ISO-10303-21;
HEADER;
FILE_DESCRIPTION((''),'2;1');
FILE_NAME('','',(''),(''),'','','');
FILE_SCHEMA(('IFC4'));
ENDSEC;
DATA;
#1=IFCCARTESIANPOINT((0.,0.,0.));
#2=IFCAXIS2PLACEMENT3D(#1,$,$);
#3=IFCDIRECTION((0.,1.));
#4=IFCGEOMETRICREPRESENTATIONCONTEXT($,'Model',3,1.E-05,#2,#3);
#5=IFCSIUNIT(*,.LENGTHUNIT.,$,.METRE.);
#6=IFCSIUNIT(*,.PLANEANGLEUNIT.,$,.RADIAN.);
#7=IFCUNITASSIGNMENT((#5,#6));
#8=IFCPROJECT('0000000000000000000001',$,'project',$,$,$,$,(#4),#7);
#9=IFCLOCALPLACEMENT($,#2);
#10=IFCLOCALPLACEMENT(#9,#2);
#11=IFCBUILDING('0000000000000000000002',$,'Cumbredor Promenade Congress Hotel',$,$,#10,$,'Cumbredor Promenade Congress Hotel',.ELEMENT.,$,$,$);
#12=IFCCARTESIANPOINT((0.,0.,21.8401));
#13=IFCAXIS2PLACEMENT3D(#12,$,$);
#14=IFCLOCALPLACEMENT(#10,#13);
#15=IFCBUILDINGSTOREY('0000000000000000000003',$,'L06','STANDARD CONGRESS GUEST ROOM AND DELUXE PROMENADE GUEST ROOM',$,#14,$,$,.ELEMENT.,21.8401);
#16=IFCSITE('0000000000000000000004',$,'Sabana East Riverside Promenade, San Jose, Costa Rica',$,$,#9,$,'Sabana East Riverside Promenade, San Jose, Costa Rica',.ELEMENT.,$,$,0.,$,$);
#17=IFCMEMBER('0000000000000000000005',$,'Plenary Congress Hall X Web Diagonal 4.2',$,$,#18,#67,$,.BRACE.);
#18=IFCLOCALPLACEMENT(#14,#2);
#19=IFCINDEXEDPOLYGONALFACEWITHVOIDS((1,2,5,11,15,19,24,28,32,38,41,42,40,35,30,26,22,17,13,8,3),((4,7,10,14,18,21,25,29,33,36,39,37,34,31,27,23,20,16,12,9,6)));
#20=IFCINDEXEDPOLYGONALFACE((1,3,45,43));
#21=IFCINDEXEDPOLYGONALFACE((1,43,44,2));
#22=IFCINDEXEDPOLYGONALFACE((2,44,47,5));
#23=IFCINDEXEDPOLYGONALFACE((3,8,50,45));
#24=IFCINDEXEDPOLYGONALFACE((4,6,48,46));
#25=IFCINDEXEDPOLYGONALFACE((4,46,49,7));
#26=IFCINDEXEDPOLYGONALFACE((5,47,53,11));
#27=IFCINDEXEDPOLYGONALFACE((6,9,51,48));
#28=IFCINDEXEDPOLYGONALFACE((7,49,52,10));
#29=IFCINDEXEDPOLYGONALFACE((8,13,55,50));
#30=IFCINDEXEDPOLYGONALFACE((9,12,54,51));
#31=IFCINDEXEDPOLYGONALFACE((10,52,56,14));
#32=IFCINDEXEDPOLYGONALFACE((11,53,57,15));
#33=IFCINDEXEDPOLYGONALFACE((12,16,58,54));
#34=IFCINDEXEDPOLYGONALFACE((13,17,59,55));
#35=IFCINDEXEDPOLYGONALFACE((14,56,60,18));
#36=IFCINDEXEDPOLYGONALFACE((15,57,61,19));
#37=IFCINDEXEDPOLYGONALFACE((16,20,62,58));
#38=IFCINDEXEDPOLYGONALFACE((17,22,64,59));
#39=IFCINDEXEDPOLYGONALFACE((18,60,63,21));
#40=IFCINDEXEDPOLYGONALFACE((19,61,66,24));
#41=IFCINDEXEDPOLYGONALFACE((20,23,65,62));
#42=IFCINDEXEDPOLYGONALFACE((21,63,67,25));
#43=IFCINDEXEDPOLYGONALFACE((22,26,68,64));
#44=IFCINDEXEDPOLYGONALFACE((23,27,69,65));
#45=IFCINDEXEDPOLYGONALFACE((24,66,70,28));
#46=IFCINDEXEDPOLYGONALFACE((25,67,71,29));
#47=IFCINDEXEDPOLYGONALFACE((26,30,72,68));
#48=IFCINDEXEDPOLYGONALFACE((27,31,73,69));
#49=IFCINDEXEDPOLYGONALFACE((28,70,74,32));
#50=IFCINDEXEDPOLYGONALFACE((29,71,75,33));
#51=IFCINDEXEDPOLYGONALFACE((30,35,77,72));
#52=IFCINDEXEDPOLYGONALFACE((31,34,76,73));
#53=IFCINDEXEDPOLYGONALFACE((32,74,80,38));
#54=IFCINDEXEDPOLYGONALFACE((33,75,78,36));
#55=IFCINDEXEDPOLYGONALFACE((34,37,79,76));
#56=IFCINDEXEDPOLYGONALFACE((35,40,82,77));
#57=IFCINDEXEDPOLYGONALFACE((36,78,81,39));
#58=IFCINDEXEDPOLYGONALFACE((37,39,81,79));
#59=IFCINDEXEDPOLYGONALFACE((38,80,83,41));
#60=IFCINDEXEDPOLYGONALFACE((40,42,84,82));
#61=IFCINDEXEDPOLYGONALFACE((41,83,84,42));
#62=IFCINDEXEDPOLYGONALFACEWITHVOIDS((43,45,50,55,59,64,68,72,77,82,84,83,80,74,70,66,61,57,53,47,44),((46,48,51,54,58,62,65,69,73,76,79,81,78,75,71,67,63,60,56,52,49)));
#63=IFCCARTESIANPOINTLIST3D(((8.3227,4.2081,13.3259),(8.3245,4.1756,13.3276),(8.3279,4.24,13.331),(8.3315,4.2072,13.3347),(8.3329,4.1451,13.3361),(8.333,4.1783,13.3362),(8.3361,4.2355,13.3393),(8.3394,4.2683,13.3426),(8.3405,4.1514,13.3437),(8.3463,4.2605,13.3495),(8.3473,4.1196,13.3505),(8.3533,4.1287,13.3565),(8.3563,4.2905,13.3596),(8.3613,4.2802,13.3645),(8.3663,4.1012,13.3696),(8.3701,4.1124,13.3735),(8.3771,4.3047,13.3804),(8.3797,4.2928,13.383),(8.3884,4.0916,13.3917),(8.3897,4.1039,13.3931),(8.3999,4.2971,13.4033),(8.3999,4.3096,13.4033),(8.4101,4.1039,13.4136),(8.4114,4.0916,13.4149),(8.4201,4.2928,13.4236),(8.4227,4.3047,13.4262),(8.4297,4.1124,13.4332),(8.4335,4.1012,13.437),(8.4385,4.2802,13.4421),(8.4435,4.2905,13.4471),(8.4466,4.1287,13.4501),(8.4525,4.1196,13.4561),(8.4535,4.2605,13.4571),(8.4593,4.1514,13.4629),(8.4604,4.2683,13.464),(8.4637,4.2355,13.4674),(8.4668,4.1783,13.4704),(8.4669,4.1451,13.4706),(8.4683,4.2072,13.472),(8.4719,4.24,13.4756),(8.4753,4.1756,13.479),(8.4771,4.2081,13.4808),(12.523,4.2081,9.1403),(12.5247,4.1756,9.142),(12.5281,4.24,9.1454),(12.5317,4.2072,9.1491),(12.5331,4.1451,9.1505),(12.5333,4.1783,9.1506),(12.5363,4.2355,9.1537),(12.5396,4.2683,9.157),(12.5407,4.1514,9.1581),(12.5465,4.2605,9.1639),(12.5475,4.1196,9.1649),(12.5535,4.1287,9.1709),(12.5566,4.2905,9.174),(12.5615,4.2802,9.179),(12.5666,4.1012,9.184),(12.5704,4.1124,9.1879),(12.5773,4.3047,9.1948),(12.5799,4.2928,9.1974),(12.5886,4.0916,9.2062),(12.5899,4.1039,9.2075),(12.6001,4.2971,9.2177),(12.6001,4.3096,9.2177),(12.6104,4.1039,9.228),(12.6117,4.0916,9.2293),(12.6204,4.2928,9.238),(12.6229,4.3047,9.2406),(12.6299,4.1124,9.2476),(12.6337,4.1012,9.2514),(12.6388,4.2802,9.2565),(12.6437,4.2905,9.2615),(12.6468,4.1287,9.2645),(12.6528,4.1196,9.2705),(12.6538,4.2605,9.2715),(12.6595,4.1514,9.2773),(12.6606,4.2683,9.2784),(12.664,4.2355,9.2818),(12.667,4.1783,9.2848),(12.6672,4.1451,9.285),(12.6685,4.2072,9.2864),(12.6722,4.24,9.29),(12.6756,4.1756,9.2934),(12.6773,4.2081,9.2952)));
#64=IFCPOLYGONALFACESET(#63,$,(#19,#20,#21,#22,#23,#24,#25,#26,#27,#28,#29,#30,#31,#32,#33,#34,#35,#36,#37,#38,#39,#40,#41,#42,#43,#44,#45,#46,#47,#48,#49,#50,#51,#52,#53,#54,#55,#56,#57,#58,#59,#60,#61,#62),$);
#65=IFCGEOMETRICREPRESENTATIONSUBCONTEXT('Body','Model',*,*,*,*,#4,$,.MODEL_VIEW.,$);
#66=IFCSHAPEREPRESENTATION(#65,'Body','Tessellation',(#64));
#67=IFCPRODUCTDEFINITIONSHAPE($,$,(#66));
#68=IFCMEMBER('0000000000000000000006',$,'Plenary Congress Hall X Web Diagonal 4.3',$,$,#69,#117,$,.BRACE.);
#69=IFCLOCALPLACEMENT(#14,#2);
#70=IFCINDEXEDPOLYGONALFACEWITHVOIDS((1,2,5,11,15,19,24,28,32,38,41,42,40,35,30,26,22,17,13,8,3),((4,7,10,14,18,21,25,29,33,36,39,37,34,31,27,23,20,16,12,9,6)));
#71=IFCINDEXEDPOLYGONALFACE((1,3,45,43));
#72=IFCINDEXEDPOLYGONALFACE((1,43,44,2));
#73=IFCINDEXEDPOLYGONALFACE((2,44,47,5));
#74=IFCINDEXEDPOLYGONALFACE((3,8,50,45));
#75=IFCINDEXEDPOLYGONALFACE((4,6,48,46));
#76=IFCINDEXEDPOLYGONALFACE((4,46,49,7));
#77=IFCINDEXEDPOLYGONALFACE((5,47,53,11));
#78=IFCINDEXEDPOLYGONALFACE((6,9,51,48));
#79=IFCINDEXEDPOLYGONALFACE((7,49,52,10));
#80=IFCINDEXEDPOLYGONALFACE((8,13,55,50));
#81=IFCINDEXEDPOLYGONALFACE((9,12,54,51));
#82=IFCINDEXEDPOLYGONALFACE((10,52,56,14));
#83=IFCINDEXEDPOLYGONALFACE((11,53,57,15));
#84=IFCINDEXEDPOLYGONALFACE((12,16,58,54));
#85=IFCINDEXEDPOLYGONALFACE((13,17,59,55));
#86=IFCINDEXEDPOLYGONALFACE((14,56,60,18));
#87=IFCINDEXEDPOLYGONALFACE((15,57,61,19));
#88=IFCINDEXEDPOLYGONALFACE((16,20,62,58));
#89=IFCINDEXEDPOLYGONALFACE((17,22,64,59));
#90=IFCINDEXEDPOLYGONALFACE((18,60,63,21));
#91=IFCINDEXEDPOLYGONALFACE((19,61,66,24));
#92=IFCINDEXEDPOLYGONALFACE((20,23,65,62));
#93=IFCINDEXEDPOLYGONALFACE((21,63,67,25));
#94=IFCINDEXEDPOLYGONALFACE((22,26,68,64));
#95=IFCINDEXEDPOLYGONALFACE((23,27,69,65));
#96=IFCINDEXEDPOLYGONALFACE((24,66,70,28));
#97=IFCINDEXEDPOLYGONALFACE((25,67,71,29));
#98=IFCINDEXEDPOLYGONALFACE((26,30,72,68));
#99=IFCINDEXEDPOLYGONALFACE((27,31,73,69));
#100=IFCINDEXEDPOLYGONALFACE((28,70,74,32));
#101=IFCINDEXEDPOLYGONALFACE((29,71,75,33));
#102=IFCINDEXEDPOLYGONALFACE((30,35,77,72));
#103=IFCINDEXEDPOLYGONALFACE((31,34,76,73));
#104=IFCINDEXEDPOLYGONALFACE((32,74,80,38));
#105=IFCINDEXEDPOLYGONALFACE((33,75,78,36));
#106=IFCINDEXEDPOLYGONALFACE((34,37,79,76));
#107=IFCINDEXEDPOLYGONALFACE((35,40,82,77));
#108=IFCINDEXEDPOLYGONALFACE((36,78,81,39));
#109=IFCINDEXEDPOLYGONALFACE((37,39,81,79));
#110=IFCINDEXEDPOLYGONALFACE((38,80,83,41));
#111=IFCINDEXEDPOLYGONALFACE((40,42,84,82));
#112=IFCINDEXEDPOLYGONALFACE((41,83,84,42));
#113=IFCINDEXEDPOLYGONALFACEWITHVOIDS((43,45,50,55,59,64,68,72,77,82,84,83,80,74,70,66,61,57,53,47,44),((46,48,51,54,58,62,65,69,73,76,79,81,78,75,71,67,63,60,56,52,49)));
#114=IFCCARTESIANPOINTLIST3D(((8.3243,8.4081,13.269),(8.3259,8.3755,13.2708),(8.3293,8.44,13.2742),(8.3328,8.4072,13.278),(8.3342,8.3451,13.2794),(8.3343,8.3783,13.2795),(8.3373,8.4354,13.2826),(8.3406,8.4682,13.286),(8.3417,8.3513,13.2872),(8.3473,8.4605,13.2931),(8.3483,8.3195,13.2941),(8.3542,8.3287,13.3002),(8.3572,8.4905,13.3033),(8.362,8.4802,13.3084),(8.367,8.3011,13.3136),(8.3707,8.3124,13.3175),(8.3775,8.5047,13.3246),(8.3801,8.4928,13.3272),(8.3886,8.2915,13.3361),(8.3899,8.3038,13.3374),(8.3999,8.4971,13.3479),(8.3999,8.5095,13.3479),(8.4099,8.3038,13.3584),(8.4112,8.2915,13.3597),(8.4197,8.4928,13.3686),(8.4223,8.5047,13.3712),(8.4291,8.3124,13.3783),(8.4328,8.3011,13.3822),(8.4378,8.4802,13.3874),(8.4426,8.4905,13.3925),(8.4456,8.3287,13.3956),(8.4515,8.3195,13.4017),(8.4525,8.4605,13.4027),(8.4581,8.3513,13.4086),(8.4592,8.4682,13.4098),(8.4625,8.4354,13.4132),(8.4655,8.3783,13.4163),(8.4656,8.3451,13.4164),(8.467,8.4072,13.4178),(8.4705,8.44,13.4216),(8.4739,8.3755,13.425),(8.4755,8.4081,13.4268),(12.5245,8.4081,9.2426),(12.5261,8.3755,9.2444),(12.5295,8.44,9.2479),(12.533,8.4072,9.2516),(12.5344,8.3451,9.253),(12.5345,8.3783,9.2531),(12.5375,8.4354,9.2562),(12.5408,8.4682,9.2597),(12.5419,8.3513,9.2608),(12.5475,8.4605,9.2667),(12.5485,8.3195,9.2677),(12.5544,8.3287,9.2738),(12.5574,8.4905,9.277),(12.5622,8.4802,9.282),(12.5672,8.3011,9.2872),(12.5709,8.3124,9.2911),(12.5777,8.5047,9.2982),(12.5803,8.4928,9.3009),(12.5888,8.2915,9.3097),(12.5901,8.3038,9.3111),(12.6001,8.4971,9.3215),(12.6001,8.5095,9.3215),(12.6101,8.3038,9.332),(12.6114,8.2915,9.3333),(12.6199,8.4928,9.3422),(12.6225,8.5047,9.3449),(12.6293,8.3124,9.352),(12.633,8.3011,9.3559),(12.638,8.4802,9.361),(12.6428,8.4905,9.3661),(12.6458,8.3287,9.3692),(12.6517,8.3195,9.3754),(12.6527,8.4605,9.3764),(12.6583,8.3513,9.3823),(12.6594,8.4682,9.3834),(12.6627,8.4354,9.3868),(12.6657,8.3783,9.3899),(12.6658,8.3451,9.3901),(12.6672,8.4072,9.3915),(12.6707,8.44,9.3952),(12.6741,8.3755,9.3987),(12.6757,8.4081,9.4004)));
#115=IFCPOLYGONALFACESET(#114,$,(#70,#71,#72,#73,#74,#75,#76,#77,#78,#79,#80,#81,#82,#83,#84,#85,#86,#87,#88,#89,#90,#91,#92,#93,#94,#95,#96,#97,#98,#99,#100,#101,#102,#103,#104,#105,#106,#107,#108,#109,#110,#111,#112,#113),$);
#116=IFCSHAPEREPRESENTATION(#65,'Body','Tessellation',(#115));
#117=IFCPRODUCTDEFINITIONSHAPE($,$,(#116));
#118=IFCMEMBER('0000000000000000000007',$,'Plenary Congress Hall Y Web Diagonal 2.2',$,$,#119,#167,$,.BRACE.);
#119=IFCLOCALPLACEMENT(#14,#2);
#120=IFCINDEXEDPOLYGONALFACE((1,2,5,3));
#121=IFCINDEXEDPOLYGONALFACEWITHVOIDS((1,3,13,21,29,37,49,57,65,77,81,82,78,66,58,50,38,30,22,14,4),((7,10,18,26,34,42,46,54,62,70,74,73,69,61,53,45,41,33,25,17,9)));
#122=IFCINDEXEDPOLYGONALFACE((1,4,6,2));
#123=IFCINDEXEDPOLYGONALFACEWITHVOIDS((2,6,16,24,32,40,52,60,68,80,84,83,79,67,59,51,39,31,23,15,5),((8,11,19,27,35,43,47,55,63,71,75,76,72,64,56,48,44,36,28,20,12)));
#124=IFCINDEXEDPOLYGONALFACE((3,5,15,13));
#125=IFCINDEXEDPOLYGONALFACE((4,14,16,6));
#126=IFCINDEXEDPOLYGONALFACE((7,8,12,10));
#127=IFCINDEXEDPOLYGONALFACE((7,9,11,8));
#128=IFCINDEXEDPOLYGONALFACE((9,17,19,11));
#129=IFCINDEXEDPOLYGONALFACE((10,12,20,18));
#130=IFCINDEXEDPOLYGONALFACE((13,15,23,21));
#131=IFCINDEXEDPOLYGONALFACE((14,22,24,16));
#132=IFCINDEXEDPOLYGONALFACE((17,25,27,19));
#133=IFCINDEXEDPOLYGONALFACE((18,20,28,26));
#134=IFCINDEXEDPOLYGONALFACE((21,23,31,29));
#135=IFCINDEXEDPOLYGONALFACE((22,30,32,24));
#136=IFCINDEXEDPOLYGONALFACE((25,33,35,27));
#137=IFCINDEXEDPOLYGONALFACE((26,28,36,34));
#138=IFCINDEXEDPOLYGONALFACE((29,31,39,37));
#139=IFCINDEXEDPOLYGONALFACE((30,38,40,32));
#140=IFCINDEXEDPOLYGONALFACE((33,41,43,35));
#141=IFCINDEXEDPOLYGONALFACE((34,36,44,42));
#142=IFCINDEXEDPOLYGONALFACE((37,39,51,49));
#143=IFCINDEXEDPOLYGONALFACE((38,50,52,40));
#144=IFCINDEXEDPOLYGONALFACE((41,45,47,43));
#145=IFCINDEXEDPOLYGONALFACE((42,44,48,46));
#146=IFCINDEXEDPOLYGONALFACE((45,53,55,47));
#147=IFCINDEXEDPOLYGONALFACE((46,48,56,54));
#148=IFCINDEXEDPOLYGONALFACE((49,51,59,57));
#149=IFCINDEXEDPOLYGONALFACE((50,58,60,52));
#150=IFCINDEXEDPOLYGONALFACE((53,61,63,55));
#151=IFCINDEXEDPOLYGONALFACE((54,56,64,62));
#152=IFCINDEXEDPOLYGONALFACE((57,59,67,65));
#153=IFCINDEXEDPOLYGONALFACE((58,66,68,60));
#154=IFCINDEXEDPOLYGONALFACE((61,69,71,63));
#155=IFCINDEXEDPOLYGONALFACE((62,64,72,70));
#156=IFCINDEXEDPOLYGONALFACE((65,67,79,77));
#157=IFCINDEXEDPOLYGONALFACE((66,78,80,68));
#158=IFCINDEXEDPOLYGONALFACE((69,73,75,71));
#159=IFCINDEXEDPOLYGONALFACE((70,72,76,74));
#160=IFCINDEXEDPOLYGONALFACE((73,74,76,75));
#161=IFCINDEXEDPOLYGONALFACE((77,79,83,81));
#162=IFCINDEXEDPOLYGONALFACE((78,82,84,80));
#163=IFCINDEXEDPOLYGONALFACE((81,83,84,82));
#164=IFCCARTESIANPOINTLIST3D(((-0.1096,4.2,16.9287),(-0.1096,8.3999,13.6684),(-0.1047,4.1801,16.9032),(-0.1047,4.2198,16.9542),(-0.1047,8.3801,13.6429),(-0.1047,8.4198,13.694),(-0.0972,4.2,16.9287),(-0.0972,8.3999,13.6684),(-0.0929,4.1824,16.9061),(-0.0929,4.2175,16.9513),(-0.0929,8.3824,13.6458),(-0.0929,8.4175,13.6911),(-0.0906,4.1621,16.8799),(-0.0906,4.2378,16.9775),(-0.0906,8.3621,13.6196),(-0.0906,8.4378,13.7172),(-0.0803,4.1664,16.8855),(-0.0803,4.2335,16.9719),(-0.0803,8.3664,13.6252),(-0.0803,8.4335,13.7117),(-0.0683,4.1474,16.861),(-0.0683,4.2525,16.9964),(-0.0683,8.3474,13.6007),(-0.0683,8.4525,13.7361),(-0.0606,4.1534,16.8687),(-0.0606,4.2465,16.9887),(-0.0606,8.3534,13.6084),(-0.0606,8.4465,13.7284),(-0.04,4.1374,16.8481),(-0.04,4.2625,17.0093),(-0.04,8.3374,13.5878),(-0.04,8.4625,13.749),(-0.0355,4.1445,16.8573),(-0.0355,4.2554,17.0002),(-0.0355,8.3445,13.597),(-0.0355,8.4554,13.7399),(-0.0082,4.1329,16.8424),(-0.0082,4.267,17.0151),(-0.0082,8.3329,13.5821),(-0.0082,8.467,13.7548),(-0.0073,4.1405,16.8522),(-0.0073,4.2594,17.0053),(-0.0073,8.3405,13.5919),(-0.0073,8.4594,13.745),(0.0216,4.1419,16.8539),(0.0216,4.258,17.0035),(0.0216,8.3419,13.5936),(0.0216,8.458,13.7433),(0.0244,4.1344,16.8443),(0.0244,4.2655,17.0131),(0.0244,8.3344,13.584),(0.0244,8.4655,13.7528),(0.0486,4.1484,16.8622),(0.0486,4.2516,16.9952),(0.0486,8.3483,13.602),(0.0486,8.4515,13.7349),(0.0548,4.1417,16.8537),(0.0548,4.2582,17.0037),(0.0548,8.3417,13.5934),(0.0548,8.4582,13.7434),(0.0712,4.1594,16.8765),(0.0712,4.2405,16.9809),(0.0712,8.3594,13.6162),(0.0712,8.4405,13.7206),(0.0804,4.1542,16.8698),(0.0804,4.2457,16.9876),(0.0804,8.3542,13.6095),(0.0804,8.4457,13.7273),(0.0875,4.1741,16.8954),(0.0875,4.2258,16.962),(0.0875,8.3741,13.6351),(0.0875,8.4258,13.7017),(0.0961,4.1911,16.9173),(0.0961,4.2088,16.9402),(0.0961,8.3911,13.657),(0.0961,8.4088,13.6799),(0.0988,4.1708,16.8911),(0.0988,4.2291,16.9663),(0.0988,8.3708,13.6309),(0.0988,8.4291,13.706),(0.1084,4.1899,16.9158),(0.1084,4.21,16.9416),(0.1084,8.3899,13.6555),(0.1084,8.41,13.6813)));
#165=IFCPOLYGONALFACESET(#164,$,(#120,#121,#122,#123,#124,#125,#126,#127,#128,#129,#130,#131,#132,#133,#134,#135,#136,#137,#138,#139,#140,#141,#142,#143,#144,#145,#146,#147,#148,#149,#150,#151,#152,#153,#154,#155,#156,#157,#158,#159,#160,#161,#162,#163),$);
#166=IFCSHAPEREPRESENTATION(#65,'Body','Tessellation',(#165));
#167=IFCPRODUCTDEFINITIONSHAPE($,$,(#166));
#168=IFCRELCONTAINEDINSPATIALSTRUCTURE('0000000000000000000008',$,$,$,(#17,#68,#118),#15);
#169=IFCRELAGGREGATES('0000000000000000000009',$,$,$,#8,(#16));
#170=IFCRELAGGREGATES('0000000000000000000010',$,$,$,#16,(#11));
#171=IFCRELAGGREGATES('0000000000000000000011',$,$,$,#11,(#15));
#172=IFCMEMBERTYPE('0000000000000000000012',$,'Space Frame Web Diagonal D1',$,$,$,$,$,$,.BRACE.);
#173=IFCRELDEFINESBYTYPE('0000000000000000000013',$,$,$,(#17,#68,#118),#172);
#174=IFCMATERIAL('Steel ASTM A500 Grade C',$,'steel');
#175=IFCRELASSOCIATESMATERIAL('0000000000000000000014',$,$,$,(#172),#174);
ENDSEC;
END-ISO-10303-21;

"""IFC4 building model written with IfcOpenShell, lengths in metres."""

from ifc_helpers import new_model, si_unit, direction, frame, origin, origin_2d, place, context, subcontext, project, spatial, hollow_circle, extrude, material, material_profile, profile_set, type_object, element, save


model = new_model("IFC4")

# Units and contexts
model_context = context("Model", 3, precision=1e-05, world=origin(), true_north=direction((0.0, 1.0)))
body_context = subcontext(model_context, "Body", "Model", "MODEL_VIEW")
ifc_project = project(units=[si_unit("LENGTHUNIT", "METRE"), si_unit("PLANEANGLEUNIT", "RADIAN")], contexts=[model_context])

# Site, building, storey
site_placement = place(None, origin())
site = spatial("IfcSite", under=ifc_project, at=site_placement, Name="Sabana East Riverside Promenade, San Jose, Costa Rica", LongName="Sabana East Riverside Promenade, San Jose, Costa Rica", CompositionType="ELEMENT", RefElevation=0.0)
building_placement = place(site_placement, origin())
building = spatial("IfcBuilding", under=site, at=building_placement, Name="Cumbredor Promenade Congress Hotel", LongName="Cumbredor Promenade Congress Hotel", CompositionType="ELEMENT")
storey_placement = place(building_placement, frame((0.0, 0.0, 21.8401)))
storey = spatial("IfcBuildingStorey", under=building, at=storey_placement, Name="L06", Description="STANDARD CONGRESS GUEST ROOM AND DELUXE PROMENADE GUEST ROOM", CompositionType="ELEMENT", Elevation=21.8401)

# Members
ifc_material_1 = material(Name="Steel ASTM A500 Grade C", Category="steel")
ifc_material_profile_1 = material_profile(ifc_material_1, hollow_circle(Radius=0.1096, WallThickness=0.0125, at=origin_2d()), Name="CHS 219.1x12.5")
ifc_profile_set_1 = profile_set([ifc_material_profile_1], Name="Steel ASTM A500 Grade C")
member_type_1 = type_object("IfcMemberType", Name="Space Frame Web Diagonal D1", PredefinedType="BRACE", material=ifc_profile_set_1)
member_1_placement = place(storey_placement, frame((8.3999, 4.2, 13.4033), z_axis=(0.708341, 0.0, -0.705871), x_axis=(0.0, 1.0, 0.0)))
element("IfcMember", 1, at=member_1_placement, inside=storey, type_object=member_type_1, Name="Plenary Congress Hall X Web Diagonal 4.2", PredefinedType="BRACE", context=body_context, shape_type="SweptSolid", body=[
    extrude(hollow_circle(Radius=0.1096, WallThickness=0.0125, at=origin_2d()), origin(), (0.0, 0.0, 1.0), 5.9297),
])
member_2_placement = place(storey_placement, frame((8.3999, 8.3999, 13.3479), z_axis=(0.721887, 0.0, -0.692011), x_axis=(0.0, 1.0, 0.0)))
element("IfcMember", 2, at=member_2_placement, inside=storey, type_object=member_type_1, Name="Plenary Congress Hall X Web Diagonal 4.3", PredefinedType="BRACE", context=body_context, shape_type="SweptSolid", body=[
    extrude(hollow_circle(Radius=0.1096, WallThickness=0.0125, at=origin_2d()), origin(), (0.0, 0.0, 1.0), 5.8184),
])
member_3_placement = place(storey_placement, frame((0.0, 4.2, 16.9287), z_axis=(0.0, 0.789933, -0.613193), x_axis=(-1.0, 0.0, 0.0)))
element("IfcMember", 3, at=member_3_placement, inside=storey, type_object=member_type_1, Name="Plenary Congress Hall Y Web Diagonal 2.2", PredefinedType="BRACE", context=body_context, shape_type="SweptSolid", body=[
    extrude(hollow_circle(Radius=0.1096, WallThickness=0.0125, at=origin_2d()), origin(), (0.0, 0.0, 1.0), 5.3169),
])

save(model, "model.ifc")
